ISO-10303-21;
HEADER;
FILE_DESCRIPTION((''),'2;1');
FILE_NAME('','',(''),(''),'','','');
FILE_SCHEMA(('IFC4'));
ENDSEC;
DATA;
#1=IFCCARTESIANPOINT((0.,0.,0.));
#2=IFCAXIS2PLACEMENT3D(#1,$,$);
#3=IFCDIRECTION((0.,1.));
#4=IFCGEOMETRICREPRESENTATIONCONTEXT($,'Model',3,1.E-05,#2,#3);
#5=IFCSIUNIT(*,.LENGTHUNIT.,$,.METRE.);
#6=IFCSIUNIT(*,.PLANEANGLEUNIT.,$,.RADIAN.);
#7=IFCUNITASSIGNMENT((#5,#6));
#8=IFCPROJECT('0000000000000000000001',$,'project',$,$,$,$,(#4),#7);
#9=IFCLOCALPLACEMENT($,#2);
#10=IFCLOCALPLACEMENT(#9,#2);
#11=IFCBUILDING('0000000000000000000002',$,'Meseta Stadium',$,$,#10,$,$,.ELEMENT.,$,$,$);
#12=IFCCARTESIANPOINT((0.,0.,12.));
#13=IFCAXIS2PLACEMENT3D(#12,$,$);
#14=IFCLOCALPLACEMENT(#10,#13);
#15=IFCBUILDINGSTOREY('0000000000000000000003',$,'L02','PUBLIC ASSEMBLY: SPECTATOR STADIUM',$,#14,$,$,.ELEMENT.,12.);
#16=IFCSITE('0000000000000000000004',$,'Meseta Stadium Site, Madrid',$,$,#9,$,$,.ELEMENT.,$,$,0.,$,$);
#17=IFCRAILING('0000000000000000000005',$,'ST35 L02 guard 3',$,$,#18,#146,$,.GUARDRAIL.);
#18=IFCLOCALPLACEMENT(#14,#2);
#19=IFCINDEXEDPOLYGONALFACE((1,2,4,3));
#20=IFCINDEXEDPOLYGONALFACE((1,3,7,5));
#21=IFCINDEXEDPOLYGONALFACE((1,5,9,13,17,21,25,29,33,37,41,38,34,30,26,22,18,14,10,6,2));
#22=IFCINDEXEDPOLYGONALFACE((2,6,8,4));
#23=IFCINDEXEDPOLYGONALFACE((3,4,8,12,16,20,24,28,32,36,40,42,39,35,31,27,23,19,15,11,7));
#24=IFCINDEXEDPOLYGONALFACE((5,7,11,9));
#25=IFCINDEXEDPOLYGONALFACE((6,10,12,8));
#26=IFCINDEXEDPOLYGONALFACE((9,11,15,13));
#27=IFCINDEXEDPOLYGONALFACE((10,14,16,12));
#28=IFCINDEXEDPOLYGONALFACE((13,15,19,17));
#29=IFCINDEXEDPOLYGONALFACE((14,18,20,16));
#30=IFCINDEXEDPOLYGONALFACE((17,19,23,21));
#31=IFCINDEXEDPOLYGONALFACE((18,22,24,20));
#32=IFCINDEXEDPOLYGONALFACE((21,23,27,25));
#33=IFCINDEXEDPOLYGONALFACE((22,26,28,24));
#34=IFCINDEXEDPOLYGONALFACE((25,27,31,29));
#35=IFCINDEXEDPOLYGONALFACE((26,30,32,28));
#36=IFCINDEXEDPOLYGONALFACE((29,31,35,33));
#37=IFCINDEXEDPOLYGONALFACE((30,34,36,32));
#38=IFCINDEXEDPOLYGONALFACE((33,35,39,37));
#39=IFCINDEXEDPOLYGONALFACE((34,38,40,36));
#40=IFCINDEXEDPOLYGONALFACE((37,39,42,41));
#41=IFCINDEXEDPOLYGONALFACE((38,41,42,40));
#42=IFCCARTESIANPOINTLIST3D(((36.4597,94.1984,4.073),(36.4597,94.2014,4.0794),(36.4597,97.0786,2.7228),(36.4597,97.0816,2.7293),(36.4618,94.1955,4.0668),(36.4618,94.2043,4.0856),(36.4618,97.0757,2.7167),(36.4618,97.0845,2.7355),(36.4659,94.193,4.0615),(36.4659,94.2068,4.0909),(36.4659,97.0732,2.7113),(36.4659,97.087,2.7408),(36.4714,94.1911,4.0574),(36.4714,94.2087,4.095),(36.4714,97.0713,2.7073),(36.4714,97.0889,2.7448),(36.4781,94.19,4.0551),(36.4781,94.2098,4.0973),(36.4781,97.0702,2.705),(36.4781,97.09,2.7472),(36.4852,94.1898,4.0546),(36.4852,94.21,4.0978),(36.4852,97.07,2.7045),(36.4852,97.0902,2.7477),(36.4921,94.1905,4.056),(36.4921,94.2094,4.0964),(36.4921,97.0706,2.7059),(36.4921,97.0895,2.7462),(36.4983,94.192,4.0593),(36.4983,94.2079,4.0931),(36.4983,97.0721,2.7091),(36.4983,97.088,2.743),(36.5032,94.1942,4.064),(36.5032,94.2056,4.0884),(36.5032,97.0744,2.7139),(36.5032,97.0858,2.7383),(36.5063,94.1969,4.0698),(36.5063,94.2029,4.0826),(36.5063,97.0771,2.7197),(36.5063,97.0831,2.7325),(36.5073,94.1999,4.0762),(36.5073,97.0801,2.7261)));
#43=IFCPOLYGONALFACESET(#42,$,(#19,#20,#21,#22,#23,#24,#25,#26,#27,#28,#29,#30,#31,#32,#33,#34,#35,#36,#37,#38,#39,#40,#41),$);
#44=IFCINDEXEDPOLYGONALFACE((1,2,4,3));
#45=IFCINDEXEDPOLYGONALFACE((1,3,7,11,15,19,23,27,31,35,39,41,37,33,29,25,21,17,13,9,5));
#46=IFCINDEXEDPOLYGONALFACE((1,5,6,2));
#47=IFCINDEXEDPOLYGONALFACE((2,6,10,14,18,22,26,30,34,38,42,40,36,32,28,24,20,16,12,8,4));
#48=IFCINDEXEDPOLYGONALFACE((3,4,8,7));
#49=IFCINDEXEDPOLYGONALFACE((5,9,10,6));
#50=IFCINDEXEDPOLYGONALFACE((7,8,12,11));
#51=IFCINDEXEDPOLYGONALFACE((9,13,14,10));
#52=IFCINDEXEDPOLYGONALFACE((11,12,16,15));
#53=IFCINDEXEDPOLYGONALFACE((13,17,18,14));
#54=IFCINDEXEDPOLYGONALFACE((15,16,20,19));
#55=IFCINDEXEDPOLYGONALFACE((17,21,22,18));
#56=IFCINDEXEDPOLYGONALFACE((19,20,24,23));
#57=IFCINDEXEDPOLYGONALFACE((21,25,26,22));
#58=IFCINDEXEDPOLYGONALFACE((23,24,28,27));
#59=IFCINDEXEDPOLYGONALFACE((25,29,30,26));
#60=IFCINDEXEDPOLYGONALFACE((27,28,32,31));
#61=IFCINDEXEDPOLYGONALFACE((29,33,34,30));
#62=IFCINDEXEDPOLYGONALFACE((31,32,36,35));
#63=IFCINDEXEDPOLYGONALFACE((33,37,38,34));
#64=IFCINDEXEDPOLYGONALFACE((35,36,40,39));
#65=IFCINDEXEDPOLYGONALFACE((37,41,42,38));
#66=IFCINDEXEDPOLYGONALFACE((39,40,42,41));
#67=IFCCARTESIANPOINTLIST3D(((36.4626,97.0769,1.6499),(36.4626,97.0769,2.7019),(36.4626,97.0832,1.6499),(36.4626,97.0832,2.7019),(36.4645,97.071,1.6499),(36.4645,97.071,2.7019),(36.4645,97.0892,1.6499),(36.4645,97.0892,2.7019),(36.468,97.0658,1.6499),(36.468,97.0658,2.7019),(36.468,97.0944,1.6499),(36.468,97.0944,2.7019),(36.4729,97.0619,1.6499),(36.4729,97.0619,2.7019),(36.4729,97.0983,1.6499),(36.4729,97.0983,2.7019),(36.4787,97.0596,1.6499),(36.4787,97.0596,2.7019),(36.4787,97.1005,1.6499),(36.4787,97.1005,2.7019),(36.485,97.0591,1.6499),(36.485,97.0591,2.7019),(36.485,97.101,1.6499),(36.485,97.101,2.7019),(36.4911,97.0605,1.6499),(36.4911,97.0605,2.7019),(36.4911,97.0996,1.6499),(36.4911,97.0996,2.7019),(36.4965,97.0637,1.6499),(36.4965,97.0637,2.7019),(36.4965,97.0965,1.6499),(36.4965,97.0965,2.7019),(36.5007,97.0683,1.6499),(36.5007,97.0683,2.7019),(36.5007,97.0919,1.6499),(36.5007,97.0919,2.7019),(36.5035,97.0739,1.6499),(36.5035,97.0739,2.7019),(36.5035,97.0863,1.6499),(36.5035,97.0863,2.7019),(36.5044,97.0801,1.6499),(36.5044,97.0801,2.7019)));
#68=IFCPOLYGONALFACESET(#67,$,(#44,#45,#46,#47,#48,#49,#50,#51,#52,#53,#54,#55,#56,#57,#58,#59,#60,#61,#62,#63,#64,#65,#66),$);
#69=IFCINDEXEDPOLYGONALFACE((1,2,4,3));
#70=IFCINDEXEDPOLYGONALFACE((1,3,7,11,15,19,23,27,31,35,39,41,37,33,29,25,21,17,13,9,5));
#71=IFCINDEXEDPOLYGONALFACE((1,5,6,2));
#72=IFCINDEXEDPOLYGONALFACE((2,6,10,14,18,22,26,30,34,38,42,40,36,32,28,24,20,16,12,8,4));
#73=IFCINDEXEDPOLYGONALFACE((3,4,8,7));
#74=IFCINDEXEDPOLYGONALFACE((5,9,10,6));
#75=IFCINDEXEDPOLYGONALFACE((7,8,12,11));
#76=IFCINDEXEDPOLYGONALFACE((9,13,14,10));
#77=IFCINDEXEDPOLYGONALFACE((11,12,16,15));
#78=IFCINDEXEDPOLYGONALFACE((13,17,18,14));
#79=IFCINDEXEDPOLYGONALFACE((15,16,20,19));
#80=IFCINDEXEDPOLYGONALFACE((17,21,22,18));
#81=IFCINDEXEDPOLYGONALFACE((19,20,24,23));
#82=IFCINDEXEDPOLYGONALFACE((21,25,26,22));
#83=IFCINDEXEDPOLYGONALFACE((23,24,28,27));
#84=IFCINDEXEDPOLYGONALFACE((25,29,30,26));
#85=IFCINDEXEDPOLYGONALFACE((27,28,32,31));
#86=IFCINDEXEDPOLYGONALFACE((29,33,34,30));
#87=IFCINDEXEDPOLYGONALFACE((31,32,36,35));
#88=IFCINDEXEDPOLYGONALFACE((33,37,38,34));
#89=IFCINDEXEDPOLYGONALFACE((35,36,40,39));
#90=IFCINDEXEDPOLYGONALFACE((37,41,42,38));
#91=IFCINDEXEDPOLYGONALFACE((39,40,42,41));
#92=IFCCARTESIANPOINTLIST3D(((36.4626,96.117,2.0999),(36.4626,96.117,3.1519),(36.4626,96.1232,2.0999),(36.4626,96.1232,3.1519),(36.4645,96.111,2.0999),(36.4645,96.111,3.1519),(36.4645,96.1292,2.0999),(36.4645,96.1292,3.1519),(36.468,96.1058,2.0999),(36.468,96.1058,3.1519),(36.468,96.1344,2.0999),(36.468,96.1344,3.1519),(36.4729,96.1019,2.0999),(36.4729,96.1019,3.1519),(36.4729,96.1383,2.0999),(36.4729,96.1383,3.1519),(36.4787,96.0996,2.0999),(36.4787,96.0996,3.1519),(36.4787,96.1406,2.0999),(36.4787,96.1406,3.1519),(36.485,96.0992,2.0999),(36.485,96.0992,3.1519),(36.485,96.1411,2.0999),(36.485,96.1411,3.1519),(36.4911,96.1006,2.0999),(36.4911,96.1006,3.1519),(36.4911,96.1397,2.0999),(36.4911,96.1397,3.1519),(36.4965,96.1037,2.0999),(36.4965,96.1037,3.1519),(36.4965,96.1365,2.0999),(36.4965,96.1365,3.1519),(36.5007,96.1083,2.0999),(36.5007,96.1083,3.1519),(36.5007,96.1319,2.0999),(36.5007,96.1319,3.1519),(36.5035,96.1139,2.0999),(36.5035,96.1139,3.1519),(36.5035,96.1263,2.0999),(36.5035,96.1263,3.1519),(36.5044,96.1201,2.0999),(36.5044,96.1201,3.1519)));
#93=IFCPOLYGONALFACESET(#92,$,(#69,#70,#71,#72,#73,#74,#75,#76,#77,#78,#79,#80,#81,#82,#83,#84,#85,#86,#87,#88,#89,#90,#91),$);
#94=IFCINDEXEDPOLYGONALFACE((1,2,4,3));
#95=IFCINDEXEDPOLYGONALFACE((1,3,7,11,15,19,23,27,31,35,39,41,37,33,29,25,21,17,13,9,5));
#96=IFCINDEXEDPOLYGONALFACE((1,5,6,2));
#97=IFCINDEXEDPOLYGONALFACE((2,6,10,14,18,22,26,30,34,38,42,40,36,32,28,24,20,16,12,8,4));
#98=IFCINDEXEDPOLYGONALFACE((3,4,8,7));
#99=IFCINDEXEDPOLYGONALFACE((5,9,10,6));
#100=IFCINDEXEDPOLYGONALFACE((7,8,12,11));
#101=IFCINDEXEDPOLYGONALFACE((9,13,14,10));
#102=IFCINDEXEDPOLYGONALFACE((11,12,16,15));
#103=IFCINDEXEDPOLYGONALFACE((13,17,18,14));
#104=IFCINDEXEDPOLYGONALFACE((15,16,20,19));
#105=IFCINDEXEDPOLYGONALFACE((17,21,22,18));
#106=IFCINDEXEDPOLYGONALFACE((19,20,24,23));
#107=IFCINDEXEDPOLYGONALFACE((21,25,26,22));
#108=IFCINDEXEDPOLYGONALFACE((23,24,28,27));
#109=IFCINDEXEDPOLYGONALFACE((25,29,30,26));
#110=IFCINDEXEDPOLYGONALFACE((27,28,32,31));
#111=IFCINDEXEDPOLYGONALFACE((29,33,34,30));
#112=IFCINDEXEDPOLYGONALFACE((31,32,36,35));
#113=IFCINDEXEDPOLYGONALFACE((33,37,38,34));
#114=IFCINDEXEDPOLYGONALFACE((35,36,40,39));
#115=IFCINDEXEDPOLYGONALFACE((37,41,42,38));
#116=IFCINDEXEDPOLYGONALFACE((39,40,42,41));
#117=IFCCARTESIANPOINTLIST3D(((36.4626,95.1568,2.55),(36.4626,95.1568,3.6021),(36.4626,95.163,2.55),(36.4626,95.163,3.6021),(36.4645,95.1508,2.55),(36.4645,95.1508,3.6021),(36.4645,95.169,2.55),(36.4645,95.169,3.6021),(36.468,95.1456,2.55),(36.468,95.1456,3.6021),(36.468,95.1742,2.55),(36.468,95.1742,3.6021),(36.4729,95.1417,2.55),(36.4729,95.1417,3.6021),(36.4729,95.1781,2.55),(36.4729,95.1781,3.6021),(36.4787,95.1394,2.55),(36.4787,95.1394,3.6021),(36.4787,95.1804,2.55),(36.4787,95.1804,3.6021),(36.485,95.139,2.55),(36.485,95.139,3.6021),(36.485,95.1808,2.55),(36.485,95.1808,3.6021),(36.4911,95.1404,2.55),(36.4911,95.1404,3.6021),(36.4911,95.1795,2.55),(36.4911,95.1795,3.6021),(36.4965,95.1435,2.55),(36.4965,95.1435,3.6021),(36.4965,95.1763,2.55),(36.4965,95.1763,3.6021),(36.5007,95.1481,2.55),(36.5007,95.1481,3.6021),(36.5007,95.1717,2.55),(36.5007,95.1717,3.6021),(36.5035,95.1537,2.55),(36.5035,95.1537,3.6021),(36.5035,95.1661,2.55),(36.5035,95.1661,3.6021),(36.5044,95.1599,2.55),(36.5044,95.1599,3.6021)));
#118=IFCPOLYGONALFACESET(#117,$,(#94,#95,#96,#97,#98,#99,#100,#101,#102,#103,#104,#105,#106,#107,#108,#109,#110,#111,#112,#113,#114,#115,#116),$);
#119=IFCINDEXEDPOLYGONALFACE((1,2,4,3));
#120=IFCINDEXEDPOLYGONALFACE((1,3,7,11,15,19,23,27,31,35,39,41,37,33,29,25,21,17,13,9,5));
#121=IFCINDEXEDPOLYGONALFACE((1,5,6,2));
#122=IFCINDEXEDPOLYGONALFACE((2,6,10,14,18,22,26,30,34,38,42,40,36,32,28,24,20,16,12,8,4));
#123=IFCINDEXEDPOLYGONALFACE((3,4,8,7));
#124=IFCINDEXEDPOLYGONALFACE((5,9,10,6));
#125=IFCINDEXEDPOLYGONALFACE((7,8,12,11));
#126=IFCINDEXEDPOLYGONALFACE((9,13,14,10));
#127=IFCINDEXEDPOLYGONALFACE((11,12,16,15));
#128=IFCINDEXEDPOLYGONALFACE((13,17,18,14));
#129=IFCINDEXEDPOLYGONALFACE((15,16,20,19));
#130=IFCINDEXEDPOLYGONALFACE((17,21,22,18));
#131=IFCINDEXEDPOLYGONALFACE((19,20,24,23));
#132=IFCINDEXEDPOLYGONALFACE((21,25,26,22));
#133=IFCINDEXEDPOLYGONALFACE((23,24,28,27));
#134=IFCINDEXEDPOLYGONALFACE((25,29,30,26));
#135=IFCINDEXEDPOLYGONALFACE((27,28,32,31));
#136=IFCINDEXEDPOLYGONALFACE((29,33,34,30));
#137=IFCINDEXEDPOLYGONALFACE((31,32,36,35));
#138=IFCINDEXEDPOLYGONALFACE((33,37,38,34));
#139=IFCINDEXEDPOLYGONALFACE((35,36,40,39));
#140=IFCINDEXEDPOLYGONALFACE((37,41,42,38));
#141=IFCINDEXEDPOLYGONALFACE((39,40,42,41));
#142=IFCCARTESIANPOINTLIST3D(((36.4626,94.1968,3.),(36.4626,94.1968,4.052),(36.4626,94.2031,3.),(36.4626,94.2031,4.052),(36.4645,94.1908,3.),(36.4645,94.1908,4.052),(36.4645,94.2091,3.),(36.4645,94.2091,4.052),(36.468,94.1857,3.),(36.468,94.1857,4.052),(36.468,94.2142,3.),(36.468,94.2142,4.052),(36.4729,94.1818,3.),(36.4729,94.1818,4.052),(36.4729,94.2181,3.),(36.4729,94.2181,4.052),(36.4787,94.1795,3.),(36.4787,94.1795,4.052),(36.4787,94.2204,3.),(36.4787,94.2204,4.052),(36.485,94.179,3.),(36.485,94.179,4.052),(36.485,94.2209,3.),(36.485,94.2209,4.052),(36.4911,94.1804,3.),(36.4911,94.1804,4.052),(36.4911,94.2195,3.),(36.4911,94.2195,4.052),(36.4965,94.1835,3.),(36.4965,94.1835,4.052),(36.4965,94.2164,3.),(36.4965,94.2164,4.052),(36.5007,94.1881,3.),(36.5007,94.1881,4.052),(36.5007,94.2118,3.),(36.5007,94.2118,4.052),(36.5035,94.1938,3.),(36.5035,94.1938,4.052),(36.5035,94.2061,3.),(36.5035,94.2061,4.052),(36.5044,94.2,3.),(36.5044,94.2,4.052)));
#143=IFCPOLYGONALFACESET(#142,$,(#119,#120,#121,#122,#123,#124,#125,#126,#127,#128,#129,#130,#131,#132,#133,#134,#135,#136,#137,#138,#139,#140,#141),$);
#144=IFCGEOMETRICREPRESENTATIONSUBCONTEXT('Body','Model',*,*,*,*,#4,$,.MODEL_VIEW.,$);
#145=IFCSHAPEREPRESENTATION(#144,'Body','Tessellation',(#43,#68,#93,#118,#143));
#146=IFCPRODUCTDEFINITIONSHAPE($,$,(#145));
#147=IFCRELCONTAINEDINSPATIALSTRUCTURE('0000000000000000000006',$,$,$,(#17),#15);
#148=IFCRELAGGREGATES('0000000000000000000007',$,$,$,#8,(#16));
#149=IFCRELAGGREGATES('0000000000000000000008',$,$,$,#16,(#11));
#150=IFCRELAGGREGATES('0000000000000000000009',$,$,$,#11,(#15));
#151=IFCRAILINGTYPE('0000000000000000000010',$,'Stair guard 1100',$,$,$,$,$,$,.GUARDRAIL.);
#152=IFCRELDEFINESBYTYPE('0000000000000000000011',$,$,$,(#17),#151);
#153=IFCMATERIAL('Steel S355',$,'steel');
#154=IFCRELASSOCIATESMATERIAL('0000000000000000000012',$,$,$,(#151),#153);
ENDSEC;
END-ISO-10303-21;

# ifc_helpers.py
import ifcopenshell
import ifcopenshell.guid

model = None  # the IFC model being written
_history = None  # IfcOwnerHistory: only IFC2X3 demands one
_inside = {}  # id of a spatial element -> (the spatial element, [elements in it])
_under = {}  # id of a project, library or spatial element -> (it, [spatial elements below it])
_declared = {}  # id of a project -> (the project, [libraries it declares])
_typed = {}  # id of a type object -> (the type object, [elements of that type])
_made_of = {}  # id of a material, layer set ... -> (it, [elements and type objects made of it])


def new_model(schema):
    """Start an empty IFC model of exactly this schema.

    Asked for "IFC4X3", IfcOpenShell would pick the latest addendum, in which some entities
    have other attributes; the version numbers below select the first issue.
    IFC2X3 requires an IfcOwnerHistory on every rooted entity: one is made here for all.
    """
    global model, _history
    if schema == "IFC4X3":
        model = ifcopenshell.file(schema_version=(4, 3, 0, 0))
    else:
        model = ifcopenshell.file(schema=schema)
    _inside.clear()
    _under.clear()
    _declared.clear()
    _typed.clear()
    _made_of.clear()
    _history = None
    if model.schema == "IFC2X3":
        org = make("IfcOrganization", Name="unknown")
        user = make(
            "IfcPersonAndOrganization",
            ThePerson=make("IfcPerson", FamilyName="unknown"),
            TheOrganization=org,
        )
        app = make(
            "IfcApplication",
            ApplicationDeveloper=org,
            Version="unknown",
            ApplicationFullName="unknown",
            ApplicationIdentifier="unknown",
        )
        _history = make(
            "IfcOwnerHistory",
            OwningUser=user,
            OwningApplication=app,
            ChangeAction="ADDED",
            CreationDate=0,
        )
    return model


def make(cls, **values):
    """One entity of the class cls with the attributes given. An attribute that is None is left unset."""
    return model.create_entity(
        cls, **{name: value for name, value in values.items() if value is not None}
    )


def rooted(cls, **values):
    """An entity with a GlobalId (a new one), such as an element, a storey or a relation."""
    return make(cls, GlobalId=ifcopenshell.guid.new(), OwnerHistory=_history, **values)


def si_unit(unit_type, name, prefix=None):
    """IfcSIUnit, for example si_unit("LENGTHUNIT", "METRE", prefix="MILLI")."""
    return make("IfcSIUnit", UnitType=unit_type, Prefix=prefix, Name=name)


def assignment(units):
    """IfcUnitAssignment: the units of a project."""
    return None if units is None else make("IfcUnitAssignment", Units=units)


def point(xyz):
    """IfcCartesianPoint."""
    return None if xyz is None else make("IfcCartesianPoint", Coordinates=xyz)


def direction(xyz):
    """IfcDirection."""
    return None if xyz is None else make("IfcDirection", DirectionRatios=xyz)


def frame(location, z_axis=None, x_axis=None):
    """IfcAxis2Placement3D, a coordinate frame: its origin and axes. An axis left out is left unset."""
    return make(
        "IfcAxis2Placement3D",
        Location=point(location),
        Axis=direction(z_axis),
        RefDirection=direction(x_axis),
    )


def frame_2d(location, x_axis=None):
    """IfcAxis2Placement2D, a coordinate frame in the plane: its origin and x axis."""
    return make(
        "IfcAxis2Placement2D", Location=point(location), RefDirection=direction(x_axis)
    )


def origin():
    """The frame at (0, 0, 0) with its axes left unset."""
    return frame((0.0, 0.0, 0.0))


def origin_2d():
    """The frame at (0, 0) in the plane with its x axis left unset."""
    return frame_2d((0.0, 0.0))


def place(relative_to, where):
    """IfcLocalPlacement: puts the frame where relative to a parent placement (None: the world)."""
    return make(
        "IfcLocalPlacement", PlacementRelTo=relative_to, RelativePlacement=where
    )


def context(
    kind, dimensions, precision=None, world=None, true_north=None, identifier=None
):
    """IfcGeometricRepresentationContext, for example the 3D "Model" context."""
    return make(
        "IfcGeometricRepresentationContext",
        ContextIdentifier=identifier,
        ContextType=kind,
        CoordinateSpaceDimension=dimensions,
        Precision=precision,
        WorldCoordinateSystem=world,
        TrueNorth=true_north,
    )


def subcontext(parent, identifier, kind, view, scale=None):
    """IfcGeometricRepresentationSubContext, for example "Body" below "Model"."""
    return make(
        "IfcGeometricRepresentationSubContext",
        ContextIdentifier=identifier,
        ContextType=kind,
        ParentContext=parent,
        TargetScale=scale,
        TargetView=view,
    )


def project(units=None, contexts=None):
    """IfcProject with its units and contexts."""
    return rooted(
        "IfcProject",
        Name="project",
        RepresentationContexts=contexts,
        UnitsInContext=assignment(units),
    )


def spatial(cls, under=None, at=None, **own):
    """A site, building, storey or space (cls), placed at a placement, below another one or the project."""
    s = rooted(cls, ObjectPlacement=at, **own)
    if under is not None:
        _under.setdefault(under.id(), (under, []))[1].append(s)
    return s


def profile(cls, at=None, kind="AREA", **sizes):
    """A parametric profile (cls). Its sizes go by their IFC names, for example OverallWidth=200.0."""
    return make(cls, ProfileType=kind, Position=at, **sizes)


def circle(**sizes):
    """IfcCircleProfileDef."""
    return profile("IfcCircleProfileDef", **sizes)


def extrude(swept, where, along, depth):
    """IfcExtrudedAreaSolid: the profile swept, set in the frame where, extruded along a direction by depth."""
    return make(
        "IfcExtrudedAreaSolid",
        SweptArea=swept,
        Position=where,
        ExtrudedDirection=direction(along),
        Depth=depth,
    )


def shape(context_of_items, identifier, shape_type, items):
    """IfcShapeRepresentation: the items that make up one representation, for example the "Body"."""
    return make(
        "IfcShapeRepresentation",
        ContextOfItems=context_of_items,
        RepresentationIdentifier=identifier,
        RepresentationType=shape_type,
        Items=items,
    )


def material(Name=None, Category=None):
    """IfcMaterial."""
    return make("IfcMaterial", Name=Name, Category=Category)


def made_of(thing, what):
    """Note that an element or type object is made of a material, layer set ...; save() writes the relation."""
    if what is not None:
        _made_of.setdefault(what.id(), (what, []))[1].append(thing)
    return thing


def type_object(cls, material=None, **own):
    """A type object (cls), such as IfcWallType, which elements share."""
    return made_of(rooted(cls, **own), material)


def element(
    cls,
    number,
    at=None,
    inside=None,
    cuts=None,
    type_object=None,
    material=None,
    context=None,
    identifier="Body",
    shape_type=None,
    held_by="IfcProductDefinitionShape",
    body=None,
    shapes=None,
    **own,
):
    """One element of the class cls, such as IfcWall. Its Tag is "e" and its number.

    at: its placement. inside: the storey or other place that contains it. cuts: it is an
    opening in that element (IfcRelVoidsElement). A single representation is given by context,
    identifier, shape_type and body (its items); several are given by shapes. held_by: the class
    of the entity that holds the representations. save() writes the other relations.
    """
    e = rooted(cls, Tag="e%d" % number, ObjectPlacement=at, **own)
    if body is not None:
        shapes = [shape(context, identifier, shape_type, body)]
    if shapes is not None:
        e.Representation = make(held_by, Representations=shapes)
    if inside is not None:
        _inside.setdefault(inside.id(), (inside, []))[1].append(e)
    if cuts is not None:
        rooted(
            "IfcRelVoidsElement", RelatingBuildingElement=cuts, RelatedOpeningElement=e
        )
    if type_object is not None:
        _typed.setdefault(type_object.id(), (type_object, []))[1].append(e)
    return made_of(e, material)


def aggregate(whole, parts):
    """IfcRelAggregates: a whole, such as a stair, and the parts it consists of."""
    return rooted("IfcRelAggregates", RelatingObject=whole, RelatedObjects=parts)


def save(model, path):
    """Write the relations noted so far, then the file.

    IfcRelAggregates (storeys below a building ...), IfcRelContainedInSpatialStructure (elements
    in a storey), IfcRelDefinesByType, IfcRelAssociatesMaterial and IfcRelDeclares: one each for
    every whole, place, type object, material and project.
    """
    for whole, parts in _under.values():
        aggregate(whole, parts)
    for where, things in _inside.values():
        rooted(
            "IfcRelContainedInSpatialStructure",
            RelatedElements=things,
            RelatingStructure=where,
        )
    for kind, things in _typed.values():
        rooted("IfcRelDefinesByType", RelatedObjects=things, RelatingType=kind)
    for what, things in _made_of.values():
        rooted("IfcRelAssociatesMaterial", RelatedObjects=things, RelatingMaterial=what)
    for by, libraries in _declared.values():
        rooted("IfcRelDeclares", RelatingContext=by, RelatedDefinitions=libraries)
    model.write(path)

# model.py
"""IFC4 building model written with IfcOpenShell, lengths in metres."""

from ifc_helpers import new_model, si_unit, direction, frame, origin, origin_2d, place, context, subcontext, project, spatial, circle, extrude, material, type_object, element, save


model = new_model("IFC4")

# Units and contexts
model_context = context("Model", 3, precision=1e-05, world=origin(), true_north=direction((0.0, 1.0)))
body_context = subcontext(model_context, "Body", "Model", "MODEL_VIEW")
ifc_project = project(units=[si_unit("LENGTHUNIT", "METRE"), si_unit("PLANEANGLEUNIT", "RADIAN")], contexts=[model_context])

# Site, building, storey
site_placement = place(None, origin())
site = spatial("IfcSite", under=ifc_project, at=site_placement, Name="Meseta Stadium Site, Madrid", CompositionType="ELEMENT", RefElevation=0.0)
building_placement = place(site_placement, origin())
building = spatial("IfcBuilding", under=site, at=building_placement, Name="Meseta Stadium", CompositionType="ELEMENT")
storey_placement = place(building_placement, frame((0.0, 0.0, 12.0)))
storey = spatial("IfcBuildingStorey", under=building, at=storey_placement, Name="L02", Description="PUBLIC ASSEMBLY: SPECTATOR STADIUM", CompositionType="ELEMENT", Elevation=12.0)

# Railing
ifc_material_1 = material(Name="Steel S355", Category="steel")
railing_type_1 = type_object("IfcRailingType", Name="Stair guard 1100", PredefinedType="GUARDRAIL", material=ifc_material_1)
railing_1_placement = place(storey_placement, frame((36.4834, 97.0801, 1.6499)))
element("IfcRailing", 1, at=railing_1_placement, inside=storey, type_object=railing_type_1, Name="ST35 L02 guard 3", PredefinedType="GUARDRAIL", context=body_context, shape_type="SweptSolid", body=[
    extrude(circle(Radius=0.0239, at=origin_2d()), frame((0.0, 0.0, 1.0762), z_axis=(0.0, -0.905454, 0.424444), x_axis=(1.0, 0.0, 0.0)), (0.0, 0.0, 1.0), 3.1809),
    extrude(circle(Radius=0.021, at=origin_2d()), origin(), (0.0, 0.0, 1.0), 1.052),
    extrude(circle(Radius=0.021, at=origin_2d()), frame((0.0, -0.96, 0.45)), (0.0, 0.0, 1.0), 1.052),
    extrude(circle(Radius=0.021, at=origin_2d()), frame((0.0, -1.9202, 0.9001)), (0.0, 0.0, 1.0), 1.052),
    extrude(circle(Radius=0.021, at=origin_2d()), frame((0.0, -2.8801, 1.3501)), (0.0, 0.0, 1.0), 1.052),
])

save(model, "model.ifc")
